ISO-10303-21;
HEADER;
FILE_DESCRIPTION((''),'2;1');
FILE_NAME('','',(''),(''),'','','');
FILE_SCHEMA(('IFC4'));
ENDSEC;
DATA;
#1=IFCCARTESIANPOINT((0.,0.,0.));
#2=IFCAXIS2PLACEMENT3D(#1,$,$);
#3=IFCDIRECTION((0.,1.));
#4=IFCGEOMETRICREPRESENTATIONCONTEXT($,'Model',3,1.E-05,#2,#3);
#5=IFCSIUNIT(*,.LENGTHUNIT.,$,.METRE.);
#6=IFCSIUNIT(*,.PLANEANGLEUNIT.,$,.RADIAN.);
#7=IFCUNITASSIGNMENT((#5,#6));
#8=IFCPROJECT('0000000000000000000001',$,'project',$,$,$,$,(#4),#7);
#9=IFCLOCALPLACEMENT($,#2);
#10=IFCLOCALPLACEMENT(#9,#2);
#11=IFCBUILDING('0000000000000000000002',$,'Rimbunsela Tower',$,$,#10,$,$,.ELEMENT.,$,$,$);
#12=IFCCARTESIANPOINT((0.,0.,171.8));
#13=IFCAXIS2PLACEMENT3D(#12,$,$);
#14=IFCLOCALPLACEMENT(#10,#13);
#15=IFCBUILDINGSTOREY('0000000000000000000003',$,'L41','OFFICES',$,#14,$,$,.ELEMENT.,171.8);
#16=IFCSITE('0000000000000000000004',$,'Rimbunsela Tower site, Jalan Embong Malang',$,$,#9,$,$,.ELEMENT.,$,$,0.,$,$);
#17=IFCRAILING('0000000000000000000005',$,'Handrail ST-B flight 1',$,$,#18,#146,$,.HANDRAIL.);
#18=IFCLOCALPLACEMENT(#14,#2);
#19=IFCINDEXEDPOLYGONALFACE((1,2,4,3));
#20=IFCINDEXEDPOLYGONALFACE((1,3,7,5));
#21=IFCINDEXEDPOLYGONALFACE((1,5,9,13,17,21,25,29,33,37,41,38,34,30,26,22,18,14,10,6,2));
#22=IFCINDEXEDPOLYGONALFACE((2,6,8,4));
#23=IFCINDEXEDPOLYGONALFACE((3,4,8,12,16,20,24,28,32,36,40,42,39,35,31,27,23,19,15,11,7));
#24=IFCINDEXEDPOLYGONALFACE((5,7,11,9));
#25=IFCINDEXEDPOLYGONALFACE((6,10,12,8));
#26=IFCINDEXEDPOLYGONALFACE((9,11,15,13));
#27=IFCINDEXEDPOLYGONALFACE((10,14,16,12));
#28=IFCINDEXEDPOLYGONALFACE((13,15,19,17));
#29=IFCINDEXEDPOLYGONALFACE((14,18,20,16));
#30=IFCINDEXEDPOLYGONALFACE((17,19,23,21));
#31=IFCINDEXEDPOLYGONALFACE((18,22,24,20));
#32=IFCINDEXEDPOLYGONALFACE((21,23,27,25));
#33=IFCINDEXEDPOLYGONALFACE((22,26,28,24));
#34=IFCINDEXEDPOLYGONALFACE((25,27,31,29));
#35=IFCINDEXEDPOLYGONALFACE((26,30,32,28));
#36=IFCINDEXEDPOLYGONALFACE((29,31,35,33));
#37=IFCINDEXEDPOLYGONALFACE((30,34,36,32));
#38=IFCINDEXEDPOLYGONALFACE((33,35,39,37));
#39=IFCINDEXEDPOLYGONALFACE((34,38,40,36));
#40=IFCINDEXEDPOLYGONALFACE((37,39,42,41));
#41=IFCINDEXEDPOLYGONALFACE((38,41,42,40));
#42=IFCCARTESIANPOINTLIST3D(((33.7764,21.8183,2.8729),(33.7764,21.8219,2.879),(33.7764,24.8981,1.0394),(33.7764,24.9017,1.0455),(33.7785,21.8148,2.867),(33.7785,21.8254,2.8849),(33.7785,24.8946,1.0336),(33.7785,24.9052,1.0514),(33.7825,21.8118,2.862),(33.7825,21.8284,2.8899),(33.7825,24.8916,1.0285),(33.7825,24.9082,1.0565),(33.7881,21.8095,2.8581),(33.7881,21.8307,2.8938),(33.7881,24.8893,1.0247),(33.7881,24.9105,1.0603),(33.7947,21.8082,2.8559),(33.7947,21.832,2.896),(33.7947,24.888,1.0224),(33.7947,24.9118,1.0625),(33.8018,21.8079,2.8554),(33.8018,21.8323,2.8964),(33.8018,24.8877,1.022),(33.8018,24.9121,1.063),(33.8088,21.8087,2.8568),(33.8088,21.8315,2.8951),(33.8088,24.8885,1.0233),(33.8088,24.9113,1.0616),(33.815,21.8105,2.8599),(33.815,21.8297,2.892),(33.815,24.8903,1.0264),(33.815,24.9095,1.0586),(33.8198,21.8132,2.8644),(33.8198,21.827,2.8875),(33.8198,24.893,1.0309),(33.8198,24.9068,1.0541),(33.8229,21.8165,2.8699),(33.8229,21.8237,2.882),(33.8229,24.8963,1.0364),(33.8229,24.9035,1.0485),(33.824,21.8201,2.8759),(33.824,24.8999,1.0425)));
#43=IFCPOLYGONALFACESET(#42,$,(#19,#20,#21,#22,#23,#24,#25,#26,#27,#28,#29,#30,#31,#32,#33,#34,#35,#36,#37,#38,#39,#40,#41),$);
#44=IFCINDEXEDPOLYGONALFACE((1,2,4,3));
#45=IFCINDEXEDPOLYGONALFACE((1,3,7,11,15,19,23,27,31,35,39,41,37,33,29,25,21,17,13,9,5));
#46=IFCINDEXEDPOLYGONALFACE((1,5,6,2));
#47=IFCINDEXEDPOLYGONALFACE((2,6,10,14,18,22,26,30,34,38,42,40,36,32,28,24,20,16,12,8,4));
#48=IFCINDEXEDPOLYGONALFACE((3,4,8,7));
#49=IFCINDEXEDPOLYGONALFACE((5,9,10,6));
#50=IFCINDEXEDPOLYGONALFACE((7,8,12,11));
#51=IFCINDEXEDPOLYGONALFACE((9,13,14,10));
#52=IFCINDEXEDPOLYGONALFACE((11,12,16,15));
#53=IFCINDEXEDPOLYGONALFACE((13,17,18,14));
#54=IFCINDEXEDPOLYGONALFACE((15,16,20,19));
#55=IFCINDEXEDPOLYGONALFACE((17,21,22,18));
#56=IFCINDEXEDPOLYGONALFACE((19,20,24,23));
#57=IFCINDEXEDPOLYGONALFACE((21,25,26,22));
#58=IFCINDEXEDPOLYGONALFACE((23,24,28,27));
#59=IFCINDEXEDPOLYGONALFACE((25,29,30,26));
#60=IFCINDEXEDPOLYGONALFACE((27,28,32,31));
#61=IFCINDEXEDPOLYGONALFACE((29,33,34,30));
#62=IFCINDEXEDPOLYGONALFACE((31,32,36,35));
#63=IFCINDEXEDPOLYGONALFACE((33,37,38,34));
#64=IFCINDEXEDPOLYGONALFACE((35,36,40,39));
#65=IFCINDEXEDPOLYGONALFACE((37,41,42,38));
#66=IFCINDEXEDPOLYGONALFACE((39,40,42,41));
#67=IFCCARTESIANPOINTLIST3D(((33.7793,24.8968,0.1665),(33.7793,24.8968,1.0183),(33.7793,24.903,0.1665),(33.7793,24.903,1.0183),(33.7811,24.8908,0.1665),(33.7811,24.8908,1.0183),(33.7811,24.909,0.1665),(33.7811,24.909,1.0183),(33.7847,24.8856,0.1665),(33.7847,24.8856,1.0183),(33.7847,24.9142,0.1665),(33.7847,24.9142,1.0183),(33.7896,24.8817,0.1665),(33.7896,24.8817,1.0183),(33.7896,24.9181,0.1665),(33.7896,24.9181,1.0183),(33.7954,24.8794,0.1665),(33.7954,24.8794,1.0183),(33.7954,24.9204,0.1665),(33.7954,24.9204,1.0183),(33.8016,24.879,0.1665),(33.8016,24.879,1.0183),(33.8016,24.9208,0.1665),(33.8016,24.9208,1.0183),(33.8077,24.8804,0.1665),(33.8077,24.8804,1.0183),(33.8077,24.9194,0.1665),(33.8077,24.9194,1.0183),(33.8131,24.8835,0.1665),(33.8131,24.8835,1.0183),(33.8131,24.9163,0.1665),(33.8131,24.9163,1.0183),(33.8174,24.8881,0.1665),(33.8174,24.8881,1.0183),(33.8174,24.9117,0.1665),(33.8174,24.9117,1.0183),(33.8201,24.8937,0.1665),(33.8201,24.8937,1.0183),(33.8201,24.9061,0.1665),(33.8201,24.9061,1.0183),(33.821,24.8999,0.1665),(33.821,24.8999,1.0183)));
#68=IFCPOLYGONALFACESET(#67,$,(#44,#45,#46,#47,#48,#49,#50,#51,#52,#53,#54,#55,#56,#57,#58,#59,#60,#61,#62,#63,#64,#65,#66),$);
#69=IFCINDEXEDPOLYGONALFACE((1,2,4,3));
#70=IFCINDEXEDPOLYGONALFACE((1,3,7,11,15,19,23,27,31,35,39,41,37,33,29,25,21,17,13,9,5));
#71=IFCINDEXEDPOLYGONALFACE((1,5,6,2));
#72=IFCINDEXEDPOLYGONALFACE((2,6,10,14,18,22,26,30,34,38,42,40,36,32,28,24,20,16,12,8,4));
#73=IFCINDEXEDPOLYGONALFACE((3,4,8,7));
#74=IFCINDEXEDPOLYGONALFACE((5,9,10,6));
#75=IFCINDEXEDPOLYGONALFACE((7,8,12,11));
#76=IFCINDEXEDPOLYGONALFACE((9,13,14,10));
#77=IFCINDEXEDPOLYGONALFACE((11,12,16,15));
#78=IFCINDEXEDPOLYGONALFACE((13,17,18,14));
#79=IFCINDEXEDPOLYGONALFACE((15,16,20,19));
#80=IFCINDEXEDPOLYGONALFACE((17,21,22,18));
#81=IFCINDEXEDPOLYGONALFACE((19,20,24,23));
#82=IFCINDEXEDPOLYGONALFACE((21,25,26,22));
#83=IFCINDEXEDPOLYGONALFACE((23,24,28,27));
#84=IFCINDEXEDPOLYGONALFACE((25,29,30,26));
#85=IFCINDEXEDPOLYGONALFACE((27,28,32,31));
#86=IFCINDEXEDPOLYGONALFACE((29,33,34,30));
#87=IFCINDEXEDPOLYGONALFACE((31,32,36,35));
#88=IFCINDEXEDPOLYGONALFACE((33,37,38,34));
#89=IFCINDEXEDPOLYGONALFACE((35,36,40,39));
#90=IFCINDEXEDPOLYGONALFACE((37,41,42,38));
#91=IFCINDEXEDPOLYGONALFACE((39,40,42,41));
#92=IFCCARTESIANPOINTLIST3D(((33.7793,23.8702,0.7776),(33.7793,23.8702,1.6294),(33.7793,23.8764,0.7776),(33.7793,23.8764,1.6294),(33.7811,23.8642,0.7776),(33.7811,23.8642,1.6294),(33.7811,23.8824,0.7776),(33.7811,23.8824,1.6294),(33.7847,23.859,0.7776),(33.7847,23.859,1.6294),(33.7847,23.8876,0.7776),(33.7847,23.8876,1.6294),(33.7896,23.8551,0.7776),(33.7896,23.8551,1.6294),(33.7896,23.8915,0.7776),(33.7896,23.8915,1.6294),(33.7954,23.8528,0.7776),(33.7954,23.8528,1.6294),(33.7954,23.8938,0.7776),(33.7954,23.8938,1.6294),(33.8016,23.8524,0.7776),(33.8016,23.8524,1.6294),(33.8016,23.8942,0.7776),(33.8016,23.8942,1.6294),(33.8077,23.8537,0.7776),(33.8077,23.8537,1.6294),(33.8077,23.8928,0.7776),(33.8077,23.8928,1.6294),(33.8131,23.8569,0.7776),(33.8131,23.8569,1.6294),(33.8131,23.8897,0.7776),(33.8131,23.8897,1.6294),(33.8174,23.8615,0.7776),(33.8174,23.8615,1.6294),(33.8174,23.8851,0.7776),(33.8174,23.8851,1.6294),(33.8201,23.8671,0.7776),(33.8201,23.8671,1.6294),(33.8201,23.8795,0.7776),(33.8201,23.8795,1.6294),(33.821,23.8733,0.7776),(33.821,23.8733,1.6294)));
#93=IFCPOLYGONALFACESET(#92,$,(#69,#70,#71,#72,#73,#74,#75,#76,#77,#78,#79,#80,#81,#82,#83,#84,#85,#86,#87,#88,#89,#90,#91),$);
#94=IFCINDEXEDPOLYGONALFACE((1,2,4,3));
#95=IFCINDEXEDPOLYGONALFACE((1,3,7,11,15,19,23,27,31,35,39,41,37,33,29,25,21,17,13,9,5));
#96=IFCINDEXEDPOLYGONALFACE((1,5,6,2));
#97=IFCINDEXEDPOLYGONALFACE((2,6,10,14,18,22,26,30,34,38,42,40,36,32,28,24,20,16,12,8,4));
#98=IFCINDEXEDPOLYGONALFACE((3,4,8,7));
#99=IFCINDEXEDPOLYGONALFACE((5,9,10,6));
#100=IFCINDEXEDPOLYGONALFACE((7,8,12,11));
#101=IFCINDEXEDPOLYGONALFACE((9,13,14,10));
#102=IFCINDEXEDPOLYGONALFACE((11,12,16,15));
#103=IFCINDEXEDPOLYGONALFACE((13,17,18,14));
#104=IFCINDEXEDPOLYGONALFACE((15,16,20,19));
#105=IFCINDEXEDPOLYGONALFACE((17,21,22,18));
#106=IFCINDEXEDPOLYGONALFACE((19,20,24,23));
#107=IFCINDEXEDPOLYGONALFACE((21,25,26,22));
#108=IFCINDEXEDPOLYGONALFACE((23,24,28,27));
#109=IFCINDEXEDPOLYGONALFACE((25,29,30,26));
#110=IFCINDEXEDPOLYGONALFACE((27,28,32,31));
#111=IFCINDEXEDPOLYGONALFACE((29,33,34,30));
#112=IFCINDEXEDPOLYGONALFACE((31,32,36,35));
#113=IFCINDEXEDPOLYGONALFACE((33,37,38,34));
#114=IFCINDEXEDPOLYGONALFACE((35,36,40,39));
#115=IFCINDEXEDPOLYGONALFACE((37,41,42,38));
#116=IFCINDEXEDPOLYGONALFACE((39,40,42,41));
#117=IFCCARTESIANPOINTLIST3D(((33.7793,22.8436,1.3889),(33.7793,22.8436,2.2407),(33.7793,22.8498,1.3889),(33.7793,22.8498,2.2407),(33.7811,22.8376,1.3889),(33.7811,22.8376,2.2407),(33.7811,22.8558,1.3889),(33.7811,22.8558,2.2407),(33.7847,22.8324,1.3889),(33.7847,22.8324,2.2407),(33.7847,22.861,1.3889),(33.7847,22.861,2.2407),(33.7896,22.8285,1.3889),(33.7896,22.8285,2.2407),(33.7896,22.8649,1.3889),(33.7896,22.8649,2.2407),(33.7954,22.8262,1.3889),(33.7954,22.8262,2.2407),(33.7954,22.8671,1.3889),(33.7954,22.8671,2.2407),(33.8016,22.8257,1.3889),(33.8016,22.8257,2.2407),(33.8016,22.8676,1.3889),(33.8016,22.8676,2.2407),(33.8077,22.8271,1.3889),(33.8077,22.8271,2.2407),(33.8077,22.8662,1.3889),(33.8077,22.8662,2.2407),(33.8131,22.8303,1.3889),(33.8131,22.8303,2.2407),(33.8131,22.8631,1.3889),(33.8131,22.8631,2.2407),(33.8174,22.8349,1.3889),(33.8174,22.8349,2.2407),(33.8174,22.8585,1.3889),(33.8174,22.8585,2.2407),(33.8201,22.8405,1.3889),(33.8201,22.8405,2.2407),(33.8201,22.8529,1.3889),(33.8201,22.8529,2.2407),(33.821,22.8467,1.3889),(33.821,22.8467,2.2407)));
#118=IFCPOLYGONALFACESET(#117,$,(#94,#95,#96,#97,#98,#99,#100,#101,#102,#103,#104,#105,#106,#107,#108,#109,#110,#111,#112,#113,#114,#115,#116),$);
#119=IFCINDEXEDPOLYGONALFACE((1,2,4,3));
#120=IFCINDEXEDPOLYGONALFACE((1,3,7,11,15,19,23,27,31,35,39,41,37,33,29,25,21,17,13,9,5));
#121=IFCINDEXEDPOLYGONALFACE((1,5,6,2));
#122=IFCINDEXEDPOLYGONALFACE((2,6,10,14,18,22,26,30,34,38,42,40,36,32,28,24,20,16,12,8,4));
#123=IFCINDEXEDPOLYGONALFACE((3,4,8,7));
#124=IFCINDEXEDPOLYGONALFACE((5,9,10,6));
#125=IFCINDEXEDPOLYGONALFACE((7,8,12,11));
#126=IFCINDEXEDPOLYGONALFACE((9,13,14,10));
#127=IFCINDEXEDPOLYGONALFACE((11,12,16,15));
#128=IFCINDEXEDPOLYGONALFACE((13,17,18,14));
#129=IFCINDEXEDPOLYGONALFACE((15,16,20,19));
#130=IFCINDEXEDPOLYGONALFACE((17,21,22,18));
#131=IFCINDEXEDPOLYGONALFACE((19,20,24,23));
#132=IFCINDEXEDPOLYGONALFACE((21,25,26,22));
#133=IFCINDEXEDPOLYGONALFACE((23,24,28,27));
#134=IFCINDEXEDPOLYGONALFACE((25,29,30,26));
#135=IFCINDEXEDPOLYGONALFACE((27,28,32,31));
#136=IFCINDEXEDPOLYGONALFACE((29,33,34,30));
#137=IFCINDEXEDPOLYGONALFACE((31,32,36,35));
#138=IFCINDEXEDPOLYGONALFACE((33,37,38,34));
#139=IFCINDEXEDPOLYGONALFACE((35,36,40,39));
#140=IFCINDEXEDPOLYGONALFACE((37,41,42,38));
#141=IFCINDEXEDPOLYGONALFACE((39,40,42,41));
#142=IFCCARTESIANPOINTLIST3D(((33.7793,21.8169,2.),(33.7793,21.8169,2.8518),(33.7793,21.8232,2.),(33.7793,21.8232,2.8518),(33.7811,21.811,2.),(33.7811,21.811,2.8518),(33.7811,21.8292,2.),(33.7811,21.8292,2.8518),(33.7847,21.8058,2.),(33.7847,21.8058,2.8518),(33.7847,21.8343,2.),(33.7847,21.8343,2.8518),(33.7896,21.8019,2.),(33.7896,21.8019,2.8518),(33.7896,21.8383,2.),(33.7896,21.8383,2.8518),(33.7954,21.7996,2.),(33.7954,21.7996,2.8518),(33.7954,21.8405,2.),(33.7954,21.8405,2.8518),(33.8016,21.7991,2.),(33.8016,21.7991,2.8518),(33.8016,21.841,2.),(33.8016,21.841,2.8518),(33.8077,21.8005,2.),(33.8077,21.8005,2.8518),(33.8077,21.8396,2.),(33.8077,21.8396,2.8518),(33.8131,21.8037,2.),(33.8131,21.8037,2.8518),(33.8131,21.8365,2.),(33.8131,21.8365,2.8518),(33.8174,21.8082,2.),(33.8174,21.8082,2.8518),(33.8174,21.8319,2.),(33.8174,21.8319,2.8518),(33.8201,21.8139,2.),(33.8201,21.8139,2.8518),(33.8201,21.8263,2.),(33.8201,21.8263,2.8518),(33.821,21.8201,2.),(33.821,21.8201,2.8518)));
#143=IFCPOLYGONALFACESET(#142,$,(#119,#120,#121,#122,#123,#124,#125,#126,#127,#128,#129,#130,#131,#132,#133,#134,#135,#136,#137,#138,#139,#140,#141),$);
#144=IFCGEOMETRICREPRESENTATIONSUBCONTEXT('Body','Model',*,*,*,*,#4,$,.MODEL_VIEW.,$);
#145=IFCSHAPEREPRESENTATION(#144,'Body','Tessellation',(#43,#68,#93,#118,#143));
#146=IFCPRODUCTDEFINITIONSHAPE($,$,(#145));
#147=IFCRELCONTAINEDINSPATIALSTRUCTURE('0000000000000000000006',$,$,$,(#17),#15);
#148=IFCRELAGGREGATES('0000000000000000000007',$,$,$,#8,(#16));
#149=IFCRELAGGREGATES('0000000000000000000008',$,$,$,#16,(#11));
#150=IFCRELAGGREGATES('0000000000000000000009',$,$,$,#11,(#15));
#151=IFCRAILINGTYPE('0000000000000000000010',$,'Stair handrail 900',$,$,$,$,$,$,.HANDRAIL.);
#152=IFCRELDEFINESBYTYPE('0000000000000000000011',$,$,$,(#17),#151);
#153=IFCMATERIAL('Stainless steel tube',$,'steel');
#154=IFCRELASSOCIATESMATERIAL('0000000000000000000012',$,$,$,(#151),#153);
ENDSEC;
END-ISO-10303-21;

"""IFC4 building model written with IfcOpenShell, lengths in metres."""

from ifc_helpers import new_model, si_unit, direction, frame, origin, origin_2d, place, context, subcontext, project, spatial, circle, extrude, material, type_object, element, save


model = new_model("IFC4")

# Units and contexts
model_context = context("Model", 3, precision=1e-05, world=origin(), true_north=direction((0.0, 1.0)))
body_context = subcontext(model_context, "Body", "Model", "MODEL_VIEW")
ifc_project = project(units=[si_unit("LENGTHUNIT", "METRE"), si_unit("PLANEANGLEUNIT", "RADIAN")], contexts=[model_context])

# Site, building, storey
site_placement = place(None, origin())
site = spatial("IfcSite", under=ifc_project, at=site_placement, Name="Rimbunsela Tower site, Jalan Embong Malang", CompositionType="ELEMENT", RefElevation=0.0)
building_placement = place(site_placement, origin())
building = spatial("IfcBuilding", under=site, at=building_placement, Name="Rimbunsela Tower", CompositionType="ELEMENT")
storey_placement = place(building_placement, frame((0.0, 0.0, 171.8)))
storey = spatial("IfcBuildingStorey", under=building, at=storey_placement, Name="L41", Description="OFFICES", CompositionType="ELEMENT", Elevation=171.8)

# Railing
ifc_material_1 = material(Name="Stainless steel tube", Category="steel")
railing_type = type_object("IfcRailingType", Name="Stair handrail 900", PredefinedType="HANDRAIL", material=ifc_material_1)
railing_1_placement = place(storey_placement, frame((33.8, 24.8999, 0.1665)))
element("IfcRailing", 1, at=railing_1_placement, inside=storey, type_object=railing_type, Name="Handrail ST-B flight 1", PredefinedType="HANDRAIL", context=body_context, shape_type="SweptSolid", body=[
    extrude(circle(Radius=0.0239, at=origin_2d()), frame((0.0, 0.0, 0.876), z_axis=(0.0, -0.859261, 0.511538), x_axis=(1.0, 0.0, 0.0)), (0.0, 0.0, 1.0), 3.5842),
    extrude(circle(Radius=0.021, at=origin_2d()), origin(), (0.0, 0.0, 1.0), 0.8518),
    extrude(circle(Radius=0.021, at=origin_2d()), frame((0.0, -1.0266, 0.6111)), (0.0, 0.0, 1.0), 0.8518),
    extrude(circle(Radius=0.021, at=origin_2d()), frame((0.0, -2.0532, 1.2224)), (0.0, 0.0, 1.0), 0.8518),
    extrude(circle(Radius=0.021, at=origin_2d()), frame((0.0, -3.0798, 1.8335)), (0.0, 0.0, 1.0), 0.8518),
])

save(model, "model.ifc")
